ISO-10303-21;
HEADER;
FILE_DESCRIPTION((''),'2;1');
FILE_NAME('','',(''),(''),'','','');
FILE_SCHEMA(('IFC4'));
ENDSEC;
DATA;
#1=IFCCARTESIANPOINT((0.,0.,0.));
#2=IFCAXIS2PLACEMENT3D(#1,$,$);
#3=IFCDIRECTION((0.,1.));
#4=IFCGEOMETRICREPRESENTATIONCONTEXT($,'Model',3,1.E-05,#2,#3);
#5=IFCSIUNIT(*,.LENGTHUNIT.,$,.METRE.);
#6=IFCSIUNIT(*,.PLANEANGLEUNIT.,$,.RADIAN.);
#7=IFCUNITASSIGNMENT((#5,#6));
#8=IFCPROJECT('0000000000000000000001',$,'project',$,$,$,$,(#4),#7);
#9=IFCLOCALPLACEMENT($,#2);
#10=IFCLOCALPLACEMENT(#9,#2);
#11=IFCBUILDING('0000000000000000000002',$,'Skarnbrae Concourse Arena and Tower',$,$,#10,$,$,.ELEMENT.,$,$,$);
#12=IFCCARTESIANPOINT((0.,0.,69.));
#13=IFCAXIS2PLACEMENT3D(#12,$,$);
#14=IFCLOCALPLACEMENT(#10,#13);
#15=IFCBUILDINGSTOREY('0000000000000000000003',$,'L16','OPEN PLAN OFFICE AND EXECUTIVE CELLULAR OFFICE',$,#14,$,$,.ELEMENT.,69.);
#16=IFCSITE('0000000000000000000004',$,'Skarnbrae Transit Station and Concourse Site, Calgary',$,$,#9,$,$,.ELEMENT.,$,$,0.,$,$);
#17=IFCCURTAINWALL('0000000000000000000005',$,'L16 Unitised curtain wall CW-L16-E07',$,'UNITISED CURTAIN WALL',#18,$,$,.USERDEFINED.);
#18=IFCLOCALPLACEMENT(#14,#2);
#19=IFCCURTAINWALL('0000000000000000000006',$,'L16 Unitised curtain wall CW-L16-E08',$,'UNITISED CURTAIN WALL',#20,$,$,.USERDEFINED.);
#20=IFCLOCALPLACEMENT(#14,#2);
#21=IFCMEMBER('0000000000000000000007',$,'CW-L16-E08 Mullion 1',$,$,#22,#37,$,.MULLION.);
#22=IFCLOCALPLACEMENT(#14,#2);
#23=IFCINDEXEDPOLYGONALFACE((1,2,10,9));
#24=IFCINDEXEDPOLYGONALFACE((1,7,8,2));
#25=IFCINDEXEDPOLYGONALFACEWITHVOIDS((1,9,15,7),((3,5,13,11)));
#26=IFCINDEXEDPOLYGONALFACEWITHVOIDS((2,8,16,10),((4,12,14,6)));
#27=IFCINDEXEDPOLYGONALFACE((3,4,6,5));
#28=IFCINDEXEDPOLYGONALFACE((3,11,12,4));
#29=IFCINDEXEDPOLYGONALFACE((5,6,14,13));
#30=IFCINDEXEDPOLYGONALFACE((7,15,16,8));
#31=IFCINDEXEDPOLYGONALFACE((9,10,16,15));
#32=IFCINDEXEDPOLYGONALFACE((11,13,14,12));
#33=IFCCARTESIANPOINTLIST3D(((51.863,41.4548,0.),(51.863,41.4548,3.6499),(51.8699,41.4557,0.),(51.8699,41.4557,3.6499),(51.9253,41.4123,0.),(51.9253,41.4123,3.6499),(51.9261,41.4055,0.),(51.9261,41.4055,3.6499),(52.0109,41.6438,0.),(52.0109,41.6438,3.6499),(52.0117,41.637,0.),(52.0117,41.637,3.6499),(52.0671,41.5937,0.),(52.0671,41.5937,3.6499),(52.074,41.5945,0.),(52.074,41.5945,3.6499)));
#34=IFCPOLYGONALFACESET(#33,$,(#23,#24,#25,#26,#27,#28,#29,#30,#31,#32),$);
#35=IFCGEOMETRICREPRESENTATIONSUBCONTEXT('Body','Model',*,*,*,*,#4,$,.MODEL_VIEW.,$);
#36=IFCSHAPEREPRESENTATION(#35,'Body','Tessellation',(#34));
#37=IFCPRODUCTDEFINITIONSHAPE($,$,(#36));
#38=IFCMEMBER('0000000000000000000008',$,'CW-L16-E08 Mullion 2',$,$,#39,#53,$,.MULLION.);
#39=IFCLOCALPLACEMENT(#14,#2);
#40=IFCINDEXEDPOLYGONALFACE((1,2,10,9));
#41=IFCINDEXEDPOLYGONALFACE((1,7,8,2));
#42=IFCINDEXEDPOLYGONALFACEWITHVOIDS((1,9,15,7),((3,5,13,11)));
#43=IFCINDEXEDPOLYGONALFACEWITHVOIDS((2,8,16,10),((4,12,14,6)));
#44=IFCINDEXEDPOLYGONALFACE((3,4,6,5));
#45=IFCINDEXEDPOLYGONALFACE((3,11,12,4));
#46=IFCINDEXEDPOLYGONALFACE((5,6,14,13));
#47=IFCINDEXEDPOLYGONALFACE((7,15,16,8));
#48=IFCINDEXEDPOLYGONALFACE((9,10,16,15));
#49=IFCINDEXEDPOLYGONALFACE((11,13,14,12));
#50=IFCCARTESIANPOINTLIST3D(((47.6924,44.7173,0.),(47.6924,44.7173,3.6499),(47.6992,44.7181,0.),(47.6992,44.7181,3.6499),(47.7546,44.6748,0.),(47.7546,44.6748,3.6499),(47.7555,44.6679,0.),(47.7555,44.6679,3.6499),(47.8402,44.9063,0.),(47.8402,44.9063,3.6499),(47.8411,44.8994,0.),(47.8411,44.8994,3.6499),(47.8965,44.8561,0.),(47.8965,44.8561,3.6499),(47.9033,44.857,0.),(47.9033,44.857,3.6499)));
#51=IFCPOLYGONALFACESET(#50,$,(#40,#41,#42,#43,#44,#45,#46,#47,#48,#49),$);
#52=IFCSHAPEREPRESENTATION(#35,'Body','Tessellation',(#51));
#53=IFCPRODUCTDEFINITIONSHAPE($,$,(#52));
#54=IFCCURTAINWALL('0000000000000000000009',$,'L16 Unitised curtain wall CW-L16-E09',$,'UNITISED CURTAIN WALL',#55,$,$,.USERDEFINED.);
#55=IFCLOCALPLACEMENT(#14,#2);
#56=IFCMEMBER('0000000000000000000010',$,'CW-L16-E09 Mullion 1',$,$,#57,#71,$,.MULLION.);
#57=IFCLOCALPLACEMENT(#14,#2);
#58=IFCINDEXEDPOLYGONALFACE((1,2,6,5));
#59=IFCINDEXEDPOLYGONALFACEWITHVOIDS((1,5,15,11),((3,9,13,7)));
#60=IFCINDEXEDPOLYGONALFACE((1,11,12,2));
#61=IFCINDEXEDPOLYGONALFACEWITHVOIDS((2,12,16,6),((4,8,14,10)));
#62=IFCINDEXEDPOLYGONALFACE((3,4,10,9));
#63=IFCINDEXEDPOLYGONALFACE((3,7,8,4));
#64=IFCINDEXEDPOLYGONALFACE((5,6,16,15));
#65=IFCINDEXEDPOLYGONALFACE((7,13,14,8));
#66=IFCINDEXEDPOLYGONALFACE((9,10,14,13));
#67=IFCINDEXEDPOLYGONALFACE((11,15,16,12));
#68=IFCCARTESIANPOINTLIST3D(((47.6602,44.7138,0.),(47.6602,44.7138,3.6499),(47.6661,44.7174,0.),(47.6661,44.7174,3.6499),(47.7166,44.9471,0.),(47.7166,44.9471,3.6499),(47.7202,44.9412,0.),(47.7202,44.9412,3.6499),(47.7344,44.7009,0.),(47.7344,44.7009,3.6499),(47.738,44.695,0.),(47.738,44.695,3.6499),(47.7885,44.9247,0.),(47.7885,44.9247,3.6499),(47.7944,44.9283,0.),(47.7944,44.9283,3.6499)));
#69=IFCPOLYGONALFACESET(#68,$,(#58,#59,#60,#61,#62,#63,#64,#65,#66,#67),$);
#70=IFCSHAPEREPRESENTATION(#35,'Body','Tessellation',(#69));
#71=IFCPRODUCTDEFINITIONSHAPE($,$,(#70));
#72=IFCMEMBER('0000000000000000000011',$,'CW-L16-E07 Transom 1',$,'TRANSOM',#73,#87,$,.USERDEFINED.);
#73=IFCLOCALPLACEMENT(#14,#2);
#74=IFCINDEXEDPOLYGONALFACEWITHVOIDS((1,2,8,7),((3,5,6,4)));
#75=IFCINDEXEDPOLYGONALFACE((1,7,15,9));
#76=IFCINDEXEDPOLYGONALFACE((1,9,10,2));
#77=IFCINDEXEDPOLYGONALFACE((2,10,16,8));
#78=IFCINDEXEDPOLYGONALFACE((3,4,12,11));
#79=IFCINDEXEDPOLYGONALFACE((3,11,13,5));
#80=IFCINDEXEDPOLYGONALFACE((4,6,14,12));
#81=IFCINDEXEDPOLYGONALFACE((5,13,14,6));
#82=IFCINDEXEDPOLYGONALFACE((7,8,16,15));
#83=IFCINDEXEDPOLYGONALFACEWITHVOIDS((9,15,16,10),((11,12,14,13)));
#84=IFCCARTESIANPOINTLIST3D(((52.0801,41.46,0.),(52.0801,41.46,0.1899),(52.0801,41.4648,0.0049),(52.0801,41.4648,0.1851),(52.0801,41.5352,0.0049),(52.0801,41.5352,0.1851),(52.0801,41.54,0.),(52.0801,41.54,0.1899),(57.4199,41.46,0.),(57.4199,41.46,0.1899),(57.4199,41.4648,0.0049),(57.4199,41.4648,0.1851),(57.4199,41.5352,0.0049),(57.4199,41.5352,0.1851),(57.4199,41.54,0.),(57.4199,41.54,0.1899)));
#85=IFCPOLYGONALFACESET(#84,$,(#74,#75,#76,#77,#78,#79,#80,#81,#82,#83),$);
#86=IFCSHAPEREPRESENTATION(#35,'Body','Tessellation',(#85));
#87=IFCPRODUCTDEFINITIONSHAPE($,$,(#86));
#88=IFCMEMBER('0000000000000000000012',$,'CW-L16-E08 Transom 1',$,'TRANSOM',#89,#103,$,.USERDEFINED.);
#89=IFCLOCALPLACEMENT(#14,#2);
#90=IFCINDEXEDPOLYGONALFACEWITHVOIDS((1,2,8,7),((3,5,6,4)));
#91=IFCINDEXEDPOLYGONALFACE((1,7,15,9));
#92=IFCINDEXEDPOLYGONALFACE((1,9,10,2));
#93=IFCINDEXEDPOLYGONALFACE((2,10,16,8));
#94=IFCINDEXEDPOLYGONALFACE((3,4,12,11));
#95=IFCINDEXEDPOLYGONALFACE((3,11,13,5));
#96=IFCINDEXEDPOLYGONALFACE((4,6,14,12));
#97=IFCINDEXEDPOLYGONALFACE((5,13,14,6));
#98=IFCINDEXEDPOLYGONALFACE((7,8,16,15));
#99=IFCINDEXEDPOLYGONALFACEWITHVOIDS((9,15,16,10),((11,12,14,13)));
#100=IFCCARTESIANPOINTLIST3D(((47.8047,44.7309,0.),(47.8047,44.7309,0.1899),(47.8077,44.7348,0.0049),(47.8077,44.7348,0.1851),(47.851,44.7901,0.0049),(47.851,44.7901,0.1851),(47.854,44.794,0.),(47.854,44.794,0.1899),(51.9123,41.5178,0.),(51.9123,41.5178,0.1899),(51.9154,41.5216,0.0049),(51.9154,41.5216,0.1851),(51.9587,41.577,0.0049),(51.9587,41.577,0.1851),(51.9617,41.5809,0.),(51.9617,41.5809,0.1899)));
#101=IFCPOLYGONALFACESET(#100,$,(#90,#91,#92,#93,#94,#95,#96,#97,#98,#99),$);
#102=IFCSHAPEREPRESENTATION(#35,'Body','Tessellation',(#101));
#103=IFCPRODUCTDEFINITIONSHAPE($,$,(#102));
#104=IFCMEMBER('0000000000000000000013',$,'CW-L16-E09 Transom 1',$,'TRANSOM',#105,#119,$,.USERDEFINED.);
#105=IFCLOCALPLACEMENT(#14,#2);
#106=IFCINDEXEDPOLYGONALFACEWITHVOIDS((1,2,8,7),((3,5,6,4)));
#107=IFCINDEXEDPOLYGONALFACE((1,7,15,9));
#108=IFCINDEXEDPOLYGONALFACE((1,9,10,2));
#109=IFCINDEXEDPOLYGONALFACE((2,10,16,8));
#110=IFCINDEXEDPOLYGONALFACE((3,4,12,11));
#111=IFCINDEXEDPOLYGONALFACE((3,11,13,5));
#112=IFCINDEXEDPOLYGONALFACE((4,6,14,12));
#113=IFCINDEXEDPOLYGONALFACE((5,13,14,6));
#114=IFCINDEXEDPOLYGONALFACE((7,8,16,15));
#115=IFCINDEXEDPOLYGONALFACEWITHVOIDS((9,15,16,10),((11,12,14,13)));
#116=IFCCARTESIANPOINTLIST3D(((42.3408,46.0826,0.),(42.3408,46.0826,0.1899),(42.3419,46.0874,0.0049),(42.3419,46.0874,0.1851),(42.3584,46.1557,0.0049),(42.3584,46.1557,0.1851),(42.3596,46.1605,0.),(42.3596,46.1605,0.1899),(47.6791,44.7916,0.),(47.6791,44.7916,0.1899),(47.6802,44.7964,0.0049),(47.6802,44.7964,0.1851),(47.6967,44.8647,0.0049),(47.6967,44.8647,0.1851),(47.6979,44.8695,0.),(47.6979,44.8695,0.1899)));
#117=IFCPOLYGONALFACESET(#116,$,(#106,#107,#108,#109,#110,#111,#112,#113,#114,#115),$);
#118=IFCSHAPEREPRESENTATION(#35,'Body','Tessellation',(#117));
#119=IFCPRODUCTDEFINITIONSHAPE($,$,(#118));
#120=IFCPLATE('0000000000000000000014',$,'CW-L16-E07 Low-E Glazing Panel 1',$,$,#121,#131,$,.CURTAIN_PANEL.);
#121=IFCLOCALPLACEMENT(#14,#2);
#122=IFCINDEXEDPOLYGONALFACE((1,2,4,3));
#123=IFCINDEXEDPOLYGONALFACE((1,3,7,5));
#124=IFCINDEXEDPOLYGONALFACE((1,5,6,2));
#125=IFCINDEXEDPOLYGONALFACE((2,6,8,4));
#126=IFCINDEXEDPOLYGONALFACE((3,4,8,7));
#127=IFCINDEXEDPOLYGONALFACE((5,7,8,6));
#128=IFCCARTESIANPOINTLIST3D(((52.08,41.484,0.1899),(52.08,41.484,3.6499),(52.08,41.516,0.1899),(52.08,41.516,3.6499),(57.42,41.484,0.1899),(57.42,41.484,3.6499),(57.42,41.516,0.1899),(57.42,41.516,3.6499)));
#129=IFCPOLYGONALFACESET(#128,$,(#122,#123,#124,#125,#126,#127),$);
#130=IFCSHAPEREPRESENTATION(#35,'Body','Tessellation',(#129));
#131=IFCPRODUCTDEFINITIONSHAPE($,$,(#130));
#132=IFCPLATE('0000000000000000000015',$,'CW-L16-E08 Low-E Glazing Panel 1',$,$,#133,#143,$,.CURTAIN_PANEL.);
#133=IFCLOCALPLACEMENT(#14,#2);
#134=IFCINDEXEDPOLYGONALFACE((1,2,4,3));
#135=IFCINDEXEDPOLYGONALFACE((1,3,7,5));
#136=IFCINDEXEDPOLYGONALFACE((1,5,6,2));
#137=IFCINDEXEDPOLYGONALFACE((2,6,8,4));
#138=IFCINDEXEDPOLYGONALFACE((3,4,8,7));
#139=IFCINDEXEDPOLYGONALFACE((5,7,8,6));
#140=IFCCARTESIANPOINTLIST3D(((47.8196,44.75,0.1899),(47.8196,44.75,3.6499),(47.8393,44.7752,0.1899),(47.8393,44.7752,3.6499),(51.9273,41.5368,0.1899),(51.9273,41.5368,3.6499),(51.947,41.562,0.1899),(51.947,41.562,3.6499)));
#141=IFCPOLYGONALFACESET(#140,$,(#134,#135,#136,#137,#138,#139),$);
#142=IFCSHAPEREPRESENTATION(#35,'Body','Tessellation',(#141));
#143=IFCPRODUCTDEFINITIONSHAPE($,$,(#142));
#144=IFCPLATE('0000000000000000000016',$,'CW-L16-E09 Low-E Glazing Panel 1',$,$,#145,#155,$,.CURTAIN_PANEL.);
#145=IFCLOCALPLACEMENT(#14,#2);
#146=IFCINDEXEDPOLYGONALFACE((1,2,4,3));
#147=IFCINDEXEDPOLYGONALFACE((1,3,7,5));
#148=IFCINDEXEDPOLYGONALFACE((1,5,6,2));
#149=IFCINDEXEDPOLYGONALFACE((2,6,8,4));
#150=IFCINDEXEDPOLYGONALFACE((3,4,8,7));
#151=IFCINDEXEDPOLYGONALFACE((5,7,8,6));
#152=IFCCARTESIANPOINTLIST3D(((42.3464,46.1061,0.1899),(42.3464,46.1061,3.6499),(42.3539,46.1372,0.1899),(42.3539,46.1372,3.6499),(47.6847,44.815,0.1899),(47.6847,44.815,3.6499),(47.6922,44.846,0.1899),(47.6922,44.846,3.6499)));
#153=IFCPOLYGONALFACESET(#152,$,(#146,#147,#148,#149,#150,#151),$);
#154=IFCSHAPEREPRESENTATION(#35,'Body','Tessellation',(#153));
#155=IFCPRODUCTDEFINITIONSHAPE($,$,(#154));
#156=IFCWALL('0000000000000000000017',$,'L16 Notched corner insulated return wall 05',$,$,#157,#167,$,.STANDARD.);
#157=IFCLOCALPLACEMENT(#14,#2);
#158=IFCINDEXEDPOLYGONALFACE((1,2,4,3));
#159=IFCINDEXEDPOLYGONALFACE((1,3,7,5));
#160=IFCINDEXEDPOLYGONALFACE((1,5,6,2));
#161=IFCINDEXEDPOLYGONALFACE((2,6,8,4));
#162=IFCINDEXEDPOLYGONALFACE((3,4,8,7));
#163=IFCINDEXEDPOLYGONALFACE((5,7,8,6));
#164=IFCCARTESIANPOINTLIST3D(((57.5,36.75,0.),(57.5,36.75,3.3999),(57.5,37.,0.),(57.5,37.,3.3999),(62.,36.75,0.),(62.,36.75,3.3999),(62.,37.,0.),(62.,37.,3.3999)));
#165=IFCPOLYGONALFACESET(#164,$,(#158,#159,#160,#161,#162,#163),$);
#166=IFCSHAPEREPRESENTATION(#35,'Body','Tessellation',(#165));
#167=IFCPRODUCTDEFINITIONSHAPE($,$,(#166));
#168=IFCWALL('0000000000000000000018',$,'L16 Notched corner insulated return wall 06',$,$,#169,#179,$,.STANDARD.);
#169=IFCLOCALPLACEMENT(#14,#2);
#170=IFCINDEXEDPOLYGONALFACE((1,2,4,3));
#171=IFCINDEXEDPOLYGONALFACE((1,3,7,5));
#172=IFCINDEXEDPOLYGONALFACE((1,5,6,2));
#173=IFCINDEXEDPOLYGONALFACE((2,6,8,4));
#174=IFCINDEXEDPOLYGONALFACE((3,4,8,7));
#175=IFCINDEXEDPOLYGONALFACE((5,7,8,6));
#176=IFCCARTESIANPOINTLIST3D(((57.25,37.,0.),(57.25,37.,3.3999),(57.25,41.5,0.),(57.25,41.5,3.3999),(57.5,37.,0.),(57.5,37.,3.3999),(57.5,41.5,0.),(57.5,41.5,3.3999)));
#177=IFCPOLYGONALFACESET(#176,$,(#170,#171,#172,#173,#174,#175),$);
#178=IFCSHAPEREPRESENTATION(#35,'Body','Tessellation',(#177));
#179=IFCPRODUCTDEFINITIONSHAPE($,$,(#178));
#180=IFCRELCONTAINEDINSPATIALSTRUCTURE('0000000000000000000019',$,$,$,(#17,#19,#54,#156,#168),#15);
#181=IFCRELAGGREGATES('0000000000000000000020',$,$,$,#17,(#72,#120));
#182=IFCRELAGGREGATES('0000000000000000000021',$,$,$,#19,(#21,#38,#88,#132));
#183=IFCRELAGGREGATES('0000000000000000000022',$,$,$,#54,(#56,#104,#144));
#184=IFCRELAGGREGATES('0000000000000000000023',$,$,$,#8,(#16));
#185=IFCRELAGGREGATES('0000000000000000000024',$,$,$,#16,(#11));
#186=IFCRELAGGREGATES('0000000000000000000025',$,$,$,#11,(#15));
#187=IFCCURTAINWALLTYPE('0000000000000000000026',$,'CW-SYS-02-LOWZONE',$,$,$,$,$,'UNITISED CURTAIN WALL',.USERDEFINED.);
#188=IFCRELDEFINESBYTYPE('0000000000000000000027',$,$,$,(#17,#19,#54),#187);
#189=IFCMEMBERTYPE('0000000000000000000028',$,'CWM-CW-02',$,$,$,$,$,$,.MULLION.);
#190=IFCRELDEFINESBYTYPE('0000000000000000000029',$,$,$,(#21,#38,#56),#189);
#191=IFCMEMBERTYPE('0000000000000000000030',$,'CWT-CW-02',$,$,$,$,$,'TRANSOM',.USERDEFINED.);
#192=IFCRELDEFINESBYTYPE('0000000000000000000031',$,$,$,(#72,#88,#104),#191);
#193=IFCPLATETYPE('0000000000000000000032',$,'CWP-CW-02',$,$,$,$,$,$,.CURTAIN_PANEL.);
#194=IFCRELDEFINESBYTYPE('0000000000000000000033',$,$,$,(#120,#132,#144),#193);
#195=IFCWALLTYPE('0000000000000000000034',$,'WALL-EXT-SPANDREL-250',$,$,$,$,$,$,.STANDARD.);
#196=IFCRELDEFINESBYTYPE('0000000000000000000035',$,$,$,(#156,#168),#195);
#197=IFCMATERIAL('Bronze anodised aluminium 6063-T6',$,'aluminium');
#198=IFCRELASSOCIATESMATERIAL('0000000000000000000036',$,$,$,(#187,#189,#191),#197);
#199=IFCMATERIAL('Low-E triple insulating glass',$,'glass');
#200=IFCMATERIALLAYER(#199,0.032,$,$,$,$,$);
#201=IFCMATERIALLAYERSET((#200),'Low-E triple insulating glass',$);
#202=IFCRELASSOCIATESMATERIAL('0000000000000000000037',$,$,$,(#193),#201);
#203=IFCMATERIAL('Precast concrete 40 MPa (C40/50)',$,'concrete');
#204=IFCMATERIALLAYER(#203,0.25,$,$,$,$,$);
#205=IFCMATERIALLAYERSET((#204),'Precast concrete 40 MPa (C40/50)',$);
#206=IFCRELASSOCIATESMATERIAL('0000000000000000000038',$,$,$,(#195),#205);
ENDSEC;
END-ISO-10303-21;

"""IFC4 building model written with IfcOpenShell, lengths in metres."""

from ifc_helpers import new_model, si_unit, direction, frame, frame_2d, origin, origin_2d, place, context, subcontext, project, spatial, rectangle, hollow_rectangle, extrude, source, transform, mapped, material, layer, layer_set, material_profile, profile_set, type_object, element, aggregate, save


model = new_model("IFC4")

# Units and contexts
model_context = context("Model", 3, precision=1e-05, world=origin(), true_north=direction((0.0, 1.0)))
body_context = subcontext(model_context, "Body", "Model", "MODEL_VIEW")
ifc_project = project(units=[si_unit("LENGTHUNIT", "METRE"), si_unit("PLANEANGLEUNIT", "RADIAN")], contexts=[model_context])

# Site, building, storey
site_placement = place(None, origin())
site = spatial("IfcSite", under=ifc_project, at=site_placement, Name="Skarnbrae Transit Station and Concourse Site, Calgary", CompositionType="ELEMENT", RefElevation=0.0)
building_placement = place(site_placement, origin())
building = spatial("IfcBuilding", under=site, at=building_placement, Name="Skarnbrae Concourse Arena and Tower", CompositionType="ELEMENT")
storey_placement = place(building_placement, frame((0.0, 0.0, 69.0)))
storey = spatial("IfcBuildingStorey", under=building, at=storey_placement, Name="L16", Description="OPEN PLAN OFFICE AND EXECUTIVE CELLULAR OFFICE", CompositionType="ELEMENT", Elevation=69.0)

# Shared definitions
ifc_material_1 = material(Name="Bronze anodised aluminium 6063-T6", Category="aluminium")
curtain_wall_type = type_object("IfcCurtainWallType", Name="CW-SYS-02-LOWZONE", ElementType="UNITISED CURTAIN WALL", PredefinedType="USERDEFINED", material=ifc_material_1)
ifc_material_profile_1 = material_profile(ifc_material_1, hollow_rectangle(XDim=0.0801, YDim=0.24, WallThickness=0.0049, at=origin_2d()), Name="ALU-MULL-80X240")
ifc_profile_set_1 = profile_set([ifc_material_profile_1], Name="Bronze anodised aluminium 6063-T6")
member_type_1 = type_object("IfcMemberType", Name="CWM-CW-02", PredefinedType="MULLION", material=ifc_profile_set_1)
shared_shape_1 = source(origin(), body_context, "Body", "SweptSolid", [
    extrude(hollow_rectangle(XDim=0.0801, YDim=0.24, WallThickness=0.0049, at=origin_2d()), origin(), (0.0, 0.0, 1.0), 3.6499),
])

# Curtain walls, members
curtain_wall_1_placement = place(storey_placement, origin())
curtain_wall_1 = element("IfcCurtainWall", 1, at=curtain_wall_1_placement, inside=storey, type_object=curtain_wall_type, Name="L16 Unitised curtain wall CW-L16-E07", ObjectType="UNITISED CURTAIN WALL", PredefinedType="USERDEFINED")
curtain_wall_2_placement = place(storey_placement, origin())
curtain_wall_2 = element("IfcCurtainWall", 2, at=curtain_wall_2_placement, inside=storey, type_object=curtain_wall_type, Name="L16 Unitised curtain wall CW-L16-E08", ObjectType="UNITISED CURTAIN WALL", PredefinedType="USERDEFINED")
member_1_placement = place(storey_placement, frame((51.9685, 41.5247, 0.0), z_axis=(0.0, 0.0, 1.0), x_axis=(-0.787652, 0.616121, 0.0)))
member_1 = element("IfcMember", 3, at=member_1_placement, type_object=member_type_1, Name="CW-L16-E08 Mullion 1", PredefinedType="MULLION", context=body_context, shape_type="MappedRepresentation", body=[
    mapped(shared_shape_1, transform((0.0, 0.0, 0.0))),
])
member_2_placement = place(storey_placement, frame((47.7979, 44.7871, 0.0), z_axis=(0.0, 0.0, 1.0), x_axis=(-0.787652, 0.616121, 0.0)))
member_2 = element("IfcMember", 4, at=member_2_placement, type_object=member_type_1, Name="CW-L16-E08 Mullion 2", PredefinedType="MULLION", context=body_context, shape_type="MappedRepresentation", body=[
    mapped(shared_shape_1, transform((0.0, 0.0, 0.0))),
])

# Curtain wall, member
curtain_wall_3_placement = place(storey_placement, origin())
curtain_wall_3 = element("IfcCurtainWall", 5, at=curtain_wall_3_placement, inside=storey, type_object=curtain_wall_type, Name="L16 Unitised curtain wall CW-L16-E09", ObjectType="UNITISED CURTAIN WALL", PredefinedType="USERDEFINED")
member_3_placement = place(storey_placement, frame((47.7273, 44.821, 0.0), z_axis=(0.0, 0.0, 1.0), x_axis=(-0.971974, 0.23509, 0.0)))
member_3 = element("IfcMember", 6, at=member_3_placement, type_object=member_type_1, Name="CW-L16-E09 Mullion 1", PredefinedType="MULLION", context=body_context, shape_type="MappedRepresentation", body=[
    mapped(shared_shape_1, transform((0.0, 0.0, 0.0))),
])

# Members
ifc_material_profile_2 = material_profile(ifc_material_1, hollow_rectangle(XDim=0.0801, YDim=0.1899, WallThickness=0.0049, at=origin_2d()), Name="ALU-TRAN-80X190")
ifc_profile_set_2 = profile_set([ifc_material_profile_2], Name="Bronze anodised aluminium 6063-T6")
member_type_2 = type_object("IfcMemberType", Name="CWT-CW-02", ElementType="TRANSOM", PredefinedType="USERDEFINED", material=ifc_profile_set_2)
shared_shape_2 = source(origin(), body_context, "Body", "SweptSolid", [
    extrude(hollow_rectangle(XDim=0.0801, YDim=0.1899, WallThickness=0.0049, at=origin_2d()), origin(), (0.0, 0.0, 1.0), 5.3398),
])
member_4_placement = place(storey_placement, frame((57.4199, 41.5, 0.095), z_axis=(-1.0, 0.0, 0.0), x_axis=(0.0, -1.0, 0.0)))
member_4 = element("IfcMember", 7, at=member_4_placement, type_object=member_type_2, Name="CW-L16-E07 Transom 1", ObjectType="TRANSOM", PredefinedType="USERDEFINED", context=body_context, shape_type="MappedRepresentation", body=[
    mapped(shared_shape_2, transform((0.0, 0.0, 0.0))),
])
shared_shape_3 = source(origin(), body_context, "Body", "SweptSolid", [
    extrude(hollow_rectangle(XDim=0.0801, YDim=0.1899, WallThickness=0.0049, at=origin_2d()), origin(), (0.0, 0.0, 1.0), 5.2151),
])
member_5_placement = place(storey_placement, frame((51.937, 41.5493, 0.095), z_axis=(-0.78765, 0.616123, 0.0), x_axis=(-0.616123, -0.78765, 0.0)))
member_5 = element("IfcMember", 8, at=member_5_placement, type_object=member_type_2, Name="CW-L16-E08 Transom 1", ObjectType="TRANSOM", PredefinedType="USERDEFINED", context=body_context, shape_type="MappedRepresentation", body=[
    mapped(shared_shape_3, transform((0.0, 0.0, 0.0))),
])
shared_shape_4 = source(origin(), body_context, "Body", "SweptSolid", [
    extrude(hollow_rectangle(XDim=0.0801, YDim=0.1899, WallThickness=0.0049, at=origin_2d()), origin(), (0.0, 0.0, 1.0), 5.4922),
])
member_6_placement = place(storey_placement, frame((47.6885, 44.8306, 0.095), z_axis=(-0.971981, 0.235061, 0.0), x_axis=(-0.235061, -0.971981, 0.0)))
member_6 = element("IfcMember", 9, at=member_6_placement, type_object=member_type_2, Name="CW-L16-E09 Transom 1", ObjectType="TRANSOM", PredefinedType="USERDEFINED", context=body_context, shape_type="MappedRepresentation", body=[
    mapped(shared_shape_4, transform((0.0, 0.0, 0.0))),
])

# Plates
ifc_material_2 = material(Name="Low-E triple insulating glass", Category="glass")
ifc_layer_1 = layer(ifc_material_2, 0.032)
ifc_layer_set_1 = layer_set([ifc_layer_1], Name="Low-E triple insulating glass")
plate_type = type_object("IfcPlateType", Name="CWP-CW-02", PredefinedType="CURTAIN_PANEL", material=ifc_layer_set_1)
shared_shape_5 = source(origin(), body_context, "Body", "SweptSolid", [
    extrude(rectangle(XDim=5.3401, YDim=0.032, at=origin_2d()), origin(), (0.0, 0.0, 1.0), 3.46),
])
plate_1_placement = place(storey_placement, frame((54.75, 41.5, 0.1899), z_axis=(0.0, 0.0, 1.0), x_axis=(-1.0, 0.0, 0.0)))
plate_1 = element("IfcPlate", 10, at=plate_1_placement, type_object=plate_type, Name="CW-L16-E07 Low-E Glazing Panel 1", PredefinedType="CURTAIN_PANEL", context=body_context, shape_type="MappedRepresentation", body=[
    mapped(shared_shape_5, transform((0.0, 0.0, 0.0))),
])
aggregate(curtain_wall_1, [member_4, plate_1])
shared_shape_6 = source(origin(), body_context, "Body", "SweptSolid", [
    extrude(rectangle(XDim=5.2151, YDim=0.032, at=origin_2d()), origin(), (0.0, 0.0, 1.0), 3.46),
])
plate_2_placement = place(storey_placement, frame((49.8833, 43.156, 0.1899), z_axis=(0.0, 0.0, 1.0), x_axis=(-0.787652, 0.616121, 0.0)))
plate_2 = element("IfcPlate", 11, at=plate_2_placement, type_object=plate_type, Name="CW-L16-E08 Low-E Glazing Panel 1", PredefinedType="CURTAIN_PANEL", context=body_context, shape_type="MappedRepresentation", body=[
    mapped(shared_shape_6, transform((0.0, 0.0, 0.0))),
])
aggregate(curtain_wall_2, [member_1, member_2, member_5, plate_2])
shared_shape_7 = source(origin(), body_context, "Body", "SweptSolid", [
    extrude(rectangle(XDim=5.4922, YDim=0.032, at=origin_2d()), origin(), (0.0, 0.0, 1.0), 3.46),
])
plate_3_placement = place(storey_placement, frame((45.0193, 45.4761, 0.1899), z_axis=(0.0, 0.0, 1.0), x_axis=(-0.971974, 0.23509, 0.0)))
plate_3 = element("IfcPlate", 12, at=plate_3_placement, type_object=plate_type, Name="CW-L16-E09 Low-E Glazing Panel 1", PredefinedType="CURTAIN_PANEL", context=body_context, shape_type="MappedRepresentation", body=[
    mapped(shared_shape_7, transform((0.0, 0.0, 0.0))),
])
aggregate(curtain_wall_3, [member_3, member_6, plate_3])

# Walls
ifc_material_3 = material(Name="Precast concrete 40 MPa (C40/50)", Category="concrete")
ifc_layer_2 = layer(ifc_material_3, 0.25)
ifc_layer_set_2 = layer_set([ifc_layer_2], Name="Precast concrete 40 MPa (C40/50)")
wall_type_1 = type_object("IfcWallType", Name="WALL-EXT-SPANDREL-250", PredefinedType="STANDARD", material=ifc_layer_set_2)
shared_shape_8 = source(origin(), body_context, "Body", "SweptSolid", [
    extrude(rectangle(XDim=4.5, YDim=0.25, at=frame_2d((2.25, 0.0))), origin(), (0.0, 0.0, 1.0), 3.3999),
])
for number, where, z_axis, x_axis, name in (
    (13, (62.0, 36.875, 0.0), (0.0, 0.0, 1.0), (-1.0, 0.0, 0.0), "L16 Notched corner insulated return wall 05"),
    (14, (57.375, 37.0, 0.0), (0.0, 0.0, 1.0), (0.0, 1.0, 0.0), "L16 Notched corner insulated return wall 06"),
):
    element("IfcWall", number, at=place(storey_placement, frame(where, z_axis=z_axis, x_axis=x_axis)), inside=storey, type_object=wall_type_1, Name=name, PredefinedType="STANDARD", context=body_context, shape_type="MappedRepresentation", body=[
        mapped(shared_shape_8, transform((0.0, 0.0, 0.0))),
    ])

save(model, "model.ifc")
